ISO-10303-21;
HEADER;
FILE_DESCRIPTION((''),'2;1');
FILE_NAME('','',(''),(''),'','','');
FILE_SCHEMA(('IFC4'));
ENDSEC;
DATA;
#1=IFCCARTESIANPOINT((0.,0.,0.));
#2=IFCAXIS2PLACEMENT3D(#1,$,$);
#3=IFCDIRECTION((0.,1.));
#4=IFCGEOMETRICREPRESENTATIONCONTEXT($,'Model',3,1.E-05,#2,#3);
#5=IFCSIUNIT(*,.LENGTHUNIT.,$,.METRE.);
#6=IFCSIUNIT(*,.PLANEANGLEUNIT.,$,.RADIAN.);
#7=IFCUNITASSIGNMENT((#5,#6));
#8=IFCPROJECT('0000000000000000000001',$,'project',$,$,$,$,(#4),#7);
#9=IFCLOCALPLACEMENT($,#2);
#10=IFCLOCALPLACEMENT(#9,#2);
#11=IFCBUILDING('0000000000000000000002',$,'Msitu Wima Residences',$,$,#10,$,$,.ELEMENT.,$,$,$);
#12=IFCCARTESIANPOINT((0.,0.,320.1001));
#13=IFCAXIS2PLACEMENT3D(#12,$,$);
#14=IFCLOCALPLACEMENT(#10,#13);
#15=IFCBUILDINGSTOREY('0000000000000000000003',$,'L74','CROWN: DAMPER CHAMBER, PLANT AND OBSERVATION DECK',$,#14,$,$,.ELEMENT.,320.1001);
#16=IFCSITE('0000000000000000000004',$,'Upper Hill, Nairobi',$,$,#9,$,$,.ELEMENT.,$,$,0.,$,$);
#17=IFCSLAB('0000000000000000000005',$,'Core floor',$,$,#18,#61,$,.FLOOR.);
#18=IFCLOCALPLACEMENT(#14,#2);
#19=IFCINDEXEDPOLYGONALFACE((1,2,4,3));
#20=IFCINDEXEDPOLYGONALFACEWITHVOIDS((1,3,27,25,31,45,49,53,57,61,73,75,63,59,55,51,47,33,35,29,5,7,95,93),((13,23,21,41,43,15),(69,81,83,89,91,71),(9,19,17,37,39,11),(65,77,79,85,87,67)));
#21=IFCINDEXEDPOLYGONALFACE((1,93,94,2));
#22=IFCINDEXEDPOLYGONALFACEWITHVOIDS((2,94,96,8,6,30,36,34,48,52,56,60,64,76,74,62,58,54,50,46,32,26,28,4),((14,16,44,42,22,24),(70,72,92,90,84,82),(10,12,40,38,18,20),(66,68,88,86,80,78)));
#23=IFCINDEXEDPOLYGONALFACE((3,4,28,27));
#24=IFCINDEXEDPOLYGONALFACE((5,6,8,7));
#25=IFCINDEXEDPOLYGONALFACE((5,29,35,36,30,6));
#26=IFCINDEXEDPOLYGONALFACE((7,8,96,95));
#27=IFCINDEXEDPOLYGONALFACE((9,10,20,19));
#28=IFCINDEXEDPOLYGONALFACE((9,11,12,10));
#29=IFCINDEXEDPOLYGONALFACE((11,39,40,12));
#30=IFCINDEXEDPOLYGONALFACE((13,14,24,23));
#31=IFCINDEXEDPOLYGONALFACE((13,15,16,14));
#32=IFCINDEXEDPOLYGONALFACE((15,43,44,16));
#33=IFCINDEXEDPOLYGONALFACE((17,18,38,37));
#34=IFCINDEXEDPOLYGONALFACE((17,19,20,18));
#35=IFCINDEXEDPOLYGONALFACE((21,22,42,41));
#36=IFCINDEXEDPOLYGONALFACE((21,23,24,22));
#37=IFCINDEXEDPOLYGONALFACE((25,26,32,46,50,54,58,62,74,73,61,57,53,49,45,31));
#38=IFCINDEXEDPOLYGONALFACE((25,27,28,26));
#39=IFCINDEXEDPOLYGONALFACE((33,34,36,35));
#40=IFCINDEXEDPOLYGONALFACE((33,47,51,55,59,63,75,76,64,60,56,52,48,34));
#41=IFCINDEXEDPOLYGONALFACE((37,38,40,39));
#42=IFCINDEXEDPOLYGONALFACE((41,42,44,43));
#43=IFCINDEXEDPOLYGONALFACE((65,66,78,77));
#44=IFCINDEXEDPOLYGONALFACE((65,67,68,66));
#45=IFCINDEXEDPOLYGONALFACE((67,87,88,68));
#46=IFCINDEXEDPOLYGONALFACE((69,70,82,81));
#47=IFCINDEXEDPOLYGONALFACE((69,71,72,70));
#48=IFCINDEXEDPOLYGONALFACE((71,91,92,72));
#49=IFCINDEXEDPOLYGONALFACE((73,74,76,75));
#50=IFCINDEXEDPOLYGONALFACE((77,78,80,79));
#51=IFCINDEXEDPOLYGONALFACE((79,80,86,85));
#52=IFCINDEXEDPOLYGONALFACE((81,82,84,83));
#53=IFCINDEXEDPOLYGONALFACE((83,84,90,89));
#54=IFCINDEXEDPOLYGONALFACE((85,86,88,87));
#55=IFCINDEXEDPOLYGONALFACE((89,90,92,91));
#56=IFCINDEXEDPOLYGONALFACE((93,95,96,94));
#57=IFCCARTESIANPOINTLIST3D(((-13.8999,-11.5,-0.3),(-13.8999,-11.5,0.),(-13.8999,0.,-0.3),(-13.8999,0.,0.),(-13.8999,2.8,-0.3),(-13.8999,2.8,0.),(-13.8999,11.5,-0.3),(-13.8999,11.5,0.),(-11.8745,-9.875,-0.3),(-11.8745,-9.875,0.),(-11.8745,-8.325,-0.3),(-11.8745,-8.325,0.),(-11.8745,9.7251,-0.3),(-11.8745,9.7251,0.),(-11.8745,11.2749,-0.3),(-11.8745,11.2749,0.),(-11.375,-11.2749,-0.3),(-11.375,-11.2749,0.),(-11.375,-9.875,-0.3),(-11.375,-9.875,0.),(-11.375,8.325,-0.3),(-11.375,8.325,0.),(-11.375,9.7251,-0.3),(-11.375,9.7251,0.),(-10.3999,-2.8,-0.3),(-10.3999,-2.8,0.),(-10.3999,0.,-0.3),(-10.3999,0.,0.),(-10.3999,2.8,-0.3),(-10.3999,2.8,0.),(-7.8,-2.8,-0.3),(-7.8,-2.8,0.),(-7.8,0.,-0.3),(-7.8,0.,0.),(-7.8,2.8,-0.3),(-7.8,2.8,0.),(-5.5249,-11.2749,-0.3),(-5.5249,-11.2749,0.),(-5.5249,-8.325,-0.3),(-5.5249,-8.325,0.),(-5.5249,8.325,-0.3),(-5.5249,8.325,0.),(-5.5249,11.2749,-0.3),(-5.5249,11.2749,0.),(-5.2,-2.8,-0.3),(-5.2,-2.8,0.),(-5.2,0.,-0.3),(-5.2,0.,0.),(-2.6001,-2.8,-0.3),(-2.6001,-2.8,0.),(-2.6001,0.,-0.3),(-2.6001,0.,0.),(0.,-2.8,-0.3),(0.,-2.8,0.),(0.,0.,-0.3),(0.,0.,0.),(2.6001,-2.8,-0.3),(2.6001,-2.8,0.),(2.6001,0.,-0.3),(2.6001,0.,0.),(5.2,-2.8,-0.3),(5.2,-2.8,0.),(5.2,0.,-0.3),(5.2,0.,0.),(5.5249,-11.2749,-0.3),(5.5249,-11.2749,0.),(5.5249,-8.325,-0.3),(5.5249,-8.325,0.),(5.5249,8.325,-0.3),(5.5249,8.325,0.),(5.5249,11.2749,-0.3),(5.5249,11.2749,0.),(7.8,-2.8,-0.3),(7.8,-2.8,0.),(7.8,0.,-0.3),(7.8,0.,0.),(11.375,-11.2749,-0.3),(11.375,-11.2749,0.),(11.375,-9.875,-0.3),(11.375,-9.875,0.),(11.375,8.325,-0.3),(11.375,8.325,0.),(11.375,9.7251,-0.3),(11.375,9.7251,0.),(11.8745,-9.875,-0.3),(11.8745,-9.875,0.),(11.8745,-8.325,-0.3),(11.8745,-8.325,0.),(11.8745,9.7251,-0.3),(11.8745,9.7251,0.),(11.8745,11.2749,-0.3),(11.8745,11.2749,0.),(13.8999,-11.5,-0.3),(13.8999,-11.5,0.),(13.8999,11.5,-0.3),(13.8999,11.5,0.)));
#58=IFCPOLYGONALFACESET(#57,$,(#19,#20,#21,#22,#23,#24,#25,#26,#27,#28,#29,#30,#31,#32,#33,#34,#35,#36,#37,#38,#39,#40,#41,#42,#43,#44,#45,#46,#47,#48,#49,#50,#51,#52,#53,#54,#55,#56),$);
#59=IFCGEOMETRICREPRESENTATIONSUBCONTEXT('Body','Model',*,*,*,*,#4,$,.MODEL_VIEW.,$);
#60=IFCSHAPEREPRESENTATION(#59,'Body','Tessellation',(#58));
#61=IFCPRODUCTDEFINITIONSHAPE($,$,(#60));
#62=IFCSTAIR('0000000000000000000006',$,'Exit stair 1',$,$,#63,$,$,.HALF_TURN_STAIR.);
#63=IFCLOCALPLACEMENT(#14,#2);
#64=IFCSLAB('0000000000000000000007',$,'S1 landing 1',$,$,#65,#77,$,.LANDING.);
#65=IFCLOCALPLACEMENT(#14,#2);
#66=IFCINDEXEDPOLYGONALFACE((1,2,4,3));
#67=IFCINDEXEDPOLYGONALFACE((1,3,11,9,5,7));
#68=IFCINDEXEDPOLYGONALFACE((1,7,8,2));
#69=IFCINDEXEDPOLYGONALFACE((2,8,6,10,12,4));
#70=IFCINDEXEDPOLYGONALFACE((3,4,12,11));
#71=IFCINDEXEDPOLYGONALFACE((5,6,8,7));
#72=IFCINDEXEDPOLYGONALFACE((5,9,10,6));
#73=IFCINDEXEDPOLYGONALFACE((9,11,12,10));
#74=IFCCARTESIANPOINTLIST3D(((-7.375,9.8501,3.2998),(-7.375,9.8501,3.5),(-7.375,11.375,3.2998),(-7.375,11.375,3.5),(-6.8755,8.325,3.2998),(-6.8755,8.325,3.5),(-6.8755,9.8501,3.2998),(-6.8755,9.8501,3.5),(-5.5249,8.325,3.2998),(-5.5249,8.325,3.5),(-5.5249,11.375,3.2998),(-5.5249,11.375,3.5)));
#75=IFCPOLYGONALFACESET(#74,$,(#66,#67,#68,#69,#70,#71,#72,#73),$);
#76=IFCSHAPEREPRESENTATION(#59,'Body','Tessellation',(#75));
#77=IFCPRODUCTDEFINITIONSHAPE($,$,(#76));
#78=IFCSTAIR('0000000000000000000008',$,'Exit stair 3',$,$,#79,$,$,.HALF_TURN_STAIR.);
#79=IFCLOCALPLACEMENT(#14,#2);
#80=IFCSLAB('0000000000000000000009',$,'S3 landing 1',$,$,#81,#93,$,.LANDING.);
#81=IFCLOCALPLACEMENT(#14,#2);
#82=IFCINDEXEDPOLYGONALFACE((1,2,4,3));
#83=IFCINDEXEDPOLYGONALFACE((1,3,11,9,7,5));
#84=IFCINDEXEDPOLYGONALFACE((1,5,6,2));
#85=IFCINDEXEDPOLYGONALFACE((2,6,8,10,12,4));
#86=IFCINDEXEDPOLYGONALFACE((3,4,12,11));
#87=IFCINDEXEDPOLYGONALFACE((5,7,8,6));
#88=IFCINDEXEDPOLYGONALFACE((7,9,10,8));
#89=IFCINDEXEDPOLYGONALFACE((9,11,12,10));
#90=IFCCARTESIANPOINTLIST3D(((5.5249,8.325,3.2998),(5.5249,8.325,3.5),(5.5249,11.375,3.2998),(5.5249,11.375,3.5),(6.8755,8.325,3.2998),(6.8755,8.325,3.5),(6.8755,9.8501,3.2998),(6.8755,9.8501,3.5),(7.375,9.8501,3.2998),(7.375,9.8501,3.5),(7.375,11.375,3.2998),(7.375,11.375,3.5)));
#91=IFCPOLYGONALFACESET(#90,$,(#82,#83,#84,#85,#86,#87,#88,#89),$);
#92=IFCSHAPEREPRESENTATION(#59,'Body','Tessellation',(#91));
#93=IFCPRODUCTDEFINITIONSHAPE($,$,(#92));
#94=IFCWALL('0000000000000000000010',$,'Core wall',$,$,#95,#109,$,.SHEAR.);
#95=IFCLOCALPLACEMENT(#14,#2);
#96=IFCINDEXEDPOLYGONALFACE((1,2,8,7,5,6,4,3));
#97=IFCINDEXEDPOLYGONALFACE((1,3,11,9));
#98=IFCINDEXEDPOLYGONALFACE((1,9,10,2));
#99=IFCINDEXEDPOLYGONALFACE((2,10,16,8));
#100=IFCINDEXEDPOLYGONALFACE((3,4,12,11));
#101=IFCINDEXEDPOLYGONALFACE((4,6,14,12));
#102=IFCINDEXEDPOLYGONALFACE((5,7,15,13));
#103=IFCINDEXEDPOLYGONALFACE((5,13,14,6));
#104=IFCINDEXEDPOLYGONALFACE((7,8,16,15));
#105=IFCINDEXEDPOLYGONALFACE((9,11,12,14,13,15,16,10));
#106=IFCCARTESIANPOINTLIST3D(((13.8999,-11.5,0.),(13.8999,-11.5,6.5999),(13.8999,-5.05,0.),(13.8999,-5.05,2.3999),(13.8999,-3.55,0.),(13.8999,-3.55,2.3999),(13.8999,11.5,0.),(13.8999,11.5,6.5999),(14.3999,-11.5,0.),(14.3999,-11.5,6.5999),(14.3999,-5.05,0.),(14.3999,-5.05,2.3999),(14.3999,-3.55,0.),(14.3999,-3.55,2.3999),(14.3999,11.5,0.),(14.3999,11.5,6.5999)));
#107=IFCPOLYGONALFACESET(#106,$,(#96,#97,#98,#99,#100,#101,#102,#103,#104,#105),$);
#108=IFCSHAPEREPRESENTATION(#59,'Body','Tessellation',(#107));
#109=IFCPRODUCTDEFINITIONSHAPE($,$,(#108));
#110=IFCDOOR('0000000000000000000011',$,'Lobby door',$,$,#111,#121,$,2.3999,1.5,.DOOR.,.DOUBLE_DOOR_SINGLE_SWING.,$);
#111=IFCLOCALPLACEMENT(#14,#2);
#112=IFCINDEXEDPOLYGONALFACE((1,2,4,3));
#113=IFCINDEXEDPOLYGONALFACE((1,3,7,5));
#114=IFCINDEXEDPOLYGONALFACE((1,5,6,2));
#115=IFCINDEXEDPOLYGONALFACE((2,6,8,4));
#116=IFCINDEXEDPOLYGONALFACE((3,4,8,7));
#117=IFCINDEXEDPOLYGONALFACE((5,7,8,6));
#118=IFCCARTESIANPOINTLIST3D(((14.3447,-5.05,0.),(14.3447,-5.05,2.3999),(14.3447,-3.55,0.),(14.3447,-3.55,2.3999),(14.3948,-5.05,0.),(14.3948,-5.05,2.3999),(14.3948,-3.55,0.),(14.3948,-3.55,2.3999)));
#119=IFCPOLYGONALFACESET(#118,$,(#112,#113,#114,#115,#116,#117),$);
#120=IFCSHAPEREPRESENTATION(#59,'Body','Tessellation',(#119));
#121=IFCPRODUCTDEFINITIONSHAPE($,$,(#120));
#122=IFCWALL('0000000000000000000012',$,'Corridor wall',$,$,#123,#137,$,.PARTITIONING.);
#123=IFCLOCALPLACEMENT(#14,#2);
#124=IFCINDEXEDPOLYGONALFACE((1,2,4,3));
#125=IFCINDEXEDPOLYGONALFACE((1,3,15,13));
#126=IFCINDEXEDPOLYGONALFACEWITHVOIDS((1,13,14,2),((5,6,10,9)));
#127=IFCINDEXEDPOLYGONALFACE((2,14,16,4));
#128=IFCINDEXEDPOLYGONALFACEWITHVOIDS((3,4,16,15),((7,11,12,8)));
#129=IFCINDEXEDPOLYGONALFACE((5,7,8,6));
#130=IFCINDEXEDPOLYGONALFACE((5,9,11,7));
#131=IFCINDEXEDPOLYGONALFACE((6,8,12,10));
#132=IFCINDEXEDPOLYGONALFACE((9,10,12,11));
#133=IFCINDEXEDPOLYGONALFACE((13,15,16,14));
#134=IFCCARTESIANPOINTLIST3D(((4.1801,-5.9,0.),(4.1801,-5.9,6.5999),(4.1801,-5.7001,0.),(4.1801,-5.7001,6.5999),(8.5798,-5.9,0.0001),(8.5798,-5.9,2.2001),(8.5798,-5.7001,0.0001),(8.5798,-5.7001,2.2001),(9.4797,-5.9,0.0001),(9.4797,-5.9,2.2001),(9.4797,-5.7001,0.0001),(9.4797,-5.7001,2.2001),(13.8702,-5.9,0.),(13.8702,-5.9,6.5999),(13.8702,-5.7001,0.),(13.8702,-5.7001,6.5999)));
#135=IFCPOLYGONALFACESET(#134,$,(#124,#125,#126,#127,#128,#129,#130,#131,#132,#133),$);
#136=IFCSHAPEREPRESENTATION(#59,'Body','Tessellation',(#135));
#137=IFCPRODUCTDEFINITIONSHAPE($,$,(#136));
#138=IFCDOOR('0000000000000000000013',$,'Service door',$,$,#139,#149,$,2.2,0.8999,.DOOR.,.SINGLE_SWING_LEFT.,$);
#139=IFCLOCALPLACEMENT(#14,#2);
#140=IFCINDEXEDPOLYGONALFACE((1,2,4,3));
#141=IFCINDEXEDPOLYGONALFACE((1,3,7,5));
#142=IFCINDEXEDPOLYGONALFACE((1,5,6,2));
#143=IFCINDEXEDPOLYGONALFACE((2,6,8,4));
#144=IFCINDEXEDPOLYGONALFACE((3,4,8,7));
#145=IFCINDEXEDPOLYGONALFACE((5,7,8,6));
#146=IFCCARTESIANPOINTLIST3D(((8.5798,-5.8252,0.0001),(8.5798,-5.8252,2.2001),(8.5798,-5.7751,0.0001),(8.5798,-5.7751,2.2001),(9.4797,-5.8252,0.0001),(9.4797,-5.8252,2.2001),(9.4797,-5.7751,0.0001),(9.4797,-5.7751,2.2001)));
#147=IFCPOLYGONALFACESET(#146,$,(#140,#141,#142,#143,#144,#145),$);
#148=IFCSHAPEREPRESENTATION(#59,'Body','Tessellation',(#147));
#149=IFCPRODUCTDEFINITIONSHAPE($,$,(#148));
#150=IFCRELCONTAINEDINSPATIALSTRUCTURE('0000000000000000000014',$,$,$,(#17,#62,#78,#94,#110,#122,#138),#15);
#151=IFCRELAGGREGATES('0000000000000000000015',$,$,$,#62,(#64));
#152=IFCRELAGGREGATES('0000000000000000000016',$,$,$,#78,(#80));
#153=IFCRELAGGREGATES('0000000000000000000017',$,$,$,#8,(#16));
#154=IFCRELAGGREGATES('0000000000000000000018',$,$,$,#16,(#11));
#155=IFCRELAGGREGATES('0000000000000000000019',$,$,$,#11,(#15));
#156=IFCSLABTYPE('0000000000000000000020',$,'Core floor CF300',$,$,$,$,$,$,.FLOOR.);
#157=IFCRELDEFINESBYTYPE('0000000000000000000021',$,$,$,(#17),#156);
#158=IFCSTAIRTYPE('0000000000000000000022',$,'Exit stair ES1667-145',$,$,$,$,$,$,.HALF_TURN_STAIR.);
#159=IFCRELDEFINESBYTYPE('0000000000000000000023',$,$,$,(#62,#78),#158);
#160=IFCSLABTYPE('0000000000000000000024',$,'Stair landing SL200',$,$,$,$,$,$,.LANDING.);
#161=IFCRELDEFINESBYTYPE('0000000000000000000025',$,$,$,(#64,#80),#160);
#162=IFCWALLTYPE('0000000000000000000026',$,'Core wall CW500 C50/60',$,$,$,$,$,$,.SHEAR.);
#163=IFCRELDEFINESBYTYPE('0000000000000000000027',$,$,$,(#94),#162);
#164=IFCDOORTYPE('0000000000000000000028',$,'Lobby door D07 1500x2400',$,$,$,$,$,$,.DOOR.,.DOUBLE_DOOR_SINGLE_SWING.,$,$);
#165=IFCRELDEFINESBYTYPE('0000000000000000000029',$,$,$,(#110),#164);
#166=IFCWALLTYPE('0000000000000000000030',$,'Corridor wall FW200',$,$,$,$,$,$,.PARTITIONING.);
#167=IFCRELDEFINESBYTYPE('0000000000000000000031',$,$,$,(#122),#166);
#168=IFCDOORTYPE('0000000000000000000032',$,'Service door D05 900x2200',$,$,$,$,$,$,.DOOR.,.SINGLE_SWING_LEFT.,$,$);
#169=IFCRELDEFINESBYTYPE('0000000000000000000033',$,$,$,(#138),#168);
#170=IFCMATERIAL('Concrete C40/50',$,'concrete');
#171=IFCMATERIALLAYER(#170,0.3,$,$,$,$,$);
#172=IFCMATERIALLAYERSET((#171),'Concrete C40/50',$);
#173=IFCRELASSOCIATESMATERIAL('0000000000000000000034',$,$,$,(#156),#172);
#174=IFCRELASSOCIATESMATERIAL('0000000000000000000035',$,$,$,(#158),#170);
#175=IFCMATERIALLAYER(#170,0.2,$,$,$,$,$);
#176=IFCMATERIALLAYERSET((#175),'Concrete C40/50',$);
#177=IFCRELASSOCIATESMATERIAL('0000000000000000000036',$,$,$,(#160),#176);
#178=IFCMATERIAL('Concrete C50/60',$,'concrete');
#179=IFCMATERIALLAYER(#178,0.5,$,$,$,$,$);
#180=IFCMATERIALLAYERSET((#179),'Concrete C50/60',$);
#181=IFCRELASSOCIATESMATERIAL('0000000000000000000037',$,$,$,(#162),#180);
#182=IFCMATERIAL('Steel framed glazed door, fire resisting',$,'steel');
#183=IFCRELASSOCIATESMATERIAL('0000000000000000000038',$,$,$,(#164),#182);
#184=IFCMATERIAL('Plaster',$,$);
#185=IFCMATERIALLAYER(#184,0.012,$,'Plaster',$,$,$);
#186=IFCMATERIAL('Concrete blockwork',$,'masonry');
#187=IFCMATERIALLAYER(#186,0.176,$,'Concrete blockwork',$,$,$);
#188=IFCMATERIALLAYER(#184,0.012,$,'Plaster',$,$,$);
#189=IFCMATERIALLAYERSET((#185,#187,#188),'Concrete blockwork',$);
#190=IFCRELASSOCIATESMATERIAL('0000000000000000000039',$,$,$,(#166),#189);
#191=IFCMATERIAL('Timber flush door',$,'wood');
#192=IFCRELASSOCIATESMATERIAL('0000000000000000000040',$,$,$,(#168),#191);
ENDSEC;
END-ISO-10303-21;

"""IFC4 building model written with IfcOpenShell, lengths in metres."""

from ifc_helpers import new_model, si_unit, direction, frame, frame_2d, origin, place, context, subcontext, project, spatial, polyline, rectangle, outline, extrude, material, layer, layer_set, type_object, element, fill, aggregate, save


model = new_model("IFC4")

# Units and contexts
model_context = context("Model", 3, precision=1e-05, world=origin(), true_north=direction((0.0, 1.0)))
body_context = subcontext(model_context, "Body", "Model", "MODEL_VIEW")
ifc_project = project(units=[si_unit("LENGTHUNIT", "METRE"), si_unit("PLANEANGLEUNIT", "RADIAN")], contexts=[model_context])

# Site, building, storey
site_placement = place(None, origin())
site = spatial("IfcSite", under=ifc_project, at=site_placement, Name="Upper Hill, Nairobi", CompositionType="ELEMENT", RefElevation=0.0)
building_placement = place(site_placement, origin())
building = spatial("IfcBuilding", under=site, at=building_placement, Name="Msitu Wima Residences", CompositionType="ELEMENT")
storey_placement = place(building_placement, frame((0.0, 0.0, 320.1001)))
storey = spatial("IfcBuildingStorey", under=building, at=storey_placement, Name="L74", Description="CROWN: DAMPER CHAMBER, PLANT AND OBSERVATION DECK", CompositionType="ELEMENT", Elevation=320.1001)

# Slab
ifc_material_1 = material(Name="Concrete C40/50", Category="concrete")
ifc_layer_1 = layer(ifc_material_1, 0.3)
ifc_layer_set_1 = layer_set([ifc_layer_1], Name="Concrete C40/50")
slab_type_1 = type_object("IfcSlabType", Name="Core floor CF300", PredefinedType="FLOOR", material=ifc_layer_set_1)
slab_1_placement = place(storey_placement, frame((0.0, 0.0, -0.3)))
element("IfcSlab", 1, at=slab_1_placement, inside=storey, type_object=slab_type_1, Name="Core floor", PredefinedType="FLOOR", context=body_context, shape_type="SweptSolid", body=[
    extrude(outline(polyline([(-13.8999, 11.5), (-13.8999, 2.8), (-10.3999, 2.8), (-7.8, 2.8), (-7.8, 0.0), (-5.2, 0.0), (-2.6001, 0.0), (0.0, 0.0), (2.6001, 0.0), (5.2, 0.0), (7.8, 0.0), (7.8, -2.8), (5.2, -2.8), (2.6001, -2.8), (0.0, -2.8), (-2.6001, -2.8), (-5.2, -2.8), (-7.8, -2.8), (-10.3999, -2.8), (-10.3999, 0.0), (-13.8999, 0.0), (-13.8999, -11.5), (13.8999, -11.5), (13.8999, 11.5), (-13.8999, 11.5)]), holes=[polyline([(-11.375, -11.2749), (-11.375, -9.875), (-11.8745, -9.875), (-11.8745, -8.325), (-5.5249, -8.325), (-5.5249, -11.2749), (-11.375, -11.2749)]), polyline([(-11.375, 8.325), (-11.375, 9.7251), (-11.8745, 9.7251), (-11.8745, 11.2749), (-5.5249, 11.2749), (-5.5249, 8.325), (-11.375, 8.325)]), polyline([(11.375, -9.875), (11.375, -11.2749), (5.5249, -11.2749), (5.5249, -8.325), (11.8745, -8.325), (11.8745, -9.875), (11.375, -9.875)]), polyline([(11.375, 9.7251), (11.375, 8.325), (5.5249, 8.325), (5.5249, 11.2749), (11.8745, 11.2749), (11.8745, 9.7251), (11.375, 9.7251)])]), origin(), (0.0, 0.0, 1.0), 0.3),
])

# Stairs, slabs
stair_type = type_object("IfcStairType", Name="Exit stair ES1667-145", PredefinedType="HALF_TURN_STAIR", material=ifc_material_1)
stair_1_placement = place(storey_placement, origin())
stair_1 = element("IfcStair", 2, at=stair_1_placement, inside=storey, type_object=stair_type, Name="Exit stair 1", PredefinedType="HALF_TURN_STAIR")
ifc_layer_2 = layer(ifc_material_1, 0.2)
ifc_layer_set_2 = layer_set([ifc_layer_2], Name="Concrete C40/50")
slab_type_2 = type_object("IfcSlabType", Name="Stair landing SL200", PredefinedType="LANDING", material=ifc_layer_set_2)
slab_2_placement = place(storey_placement, frame((0.0, 0.0, 3.2998)))
slab_2 = element("IfcSlab", 3, at=slab_2_placement, type_object=slab_type_2, Name="S1 landing 1", PredefinedType="LANDING", context=body_context, shape_type="SweptSolid", body=[
    extrude(outline(polyline([(-5.5249, 8.325), (-6.8755, 8.325), (-6.8755, 9.8501), (-7.375, 9.8501), (-7.375, 11.375), (-5.5249, 11.375), (-5.5249, 8.325)])), origin(), (0.0, 0.0, 1.0), 0.2002),
])
aggregate(stair_1, [slab_2])
stair_2_placement = place(storey_placement, origin())
stair_2 = element("IfcStair", 4, at=stair_2_placement, inside=storey, type_object=stair_type, Name="Exit stair 3", PredefinedType="HALF_TURN_STAIR")
slab_3_placement = place(storey_placement, frame((0.0, 0.0, 3.2998)))
slab_3 = element("IfcSlab", 5, at=slab_3_placement, type_object=slab_type_2, Name="S3 landing 1", PredefinedType="LANDING", context=body_context, shape_type="SweptSolid", body=[
    extrude(outline(polyline([(5.5249, 8.325), (6.8755, 8.325), (6.8755, 9.8501), (7.375, 9.8501), (7.375, 11.375), (5.5249, 11.375), (5.5249, 8.325)])), origin(), (0.0, 0.0, 1.0), 0.2002),
])
aggregate(stair_2, [slab_3])

# Walls, openings, doors
ifc_material_2 = material(Name="Concrete C50/60", Category="concrete")
ifc_layer_3 = layer(ifc_material_2, 0.5)
ifc_layer_set_3 = layer_set([ifc_layer_3], Name="Concrete C50/60")
wall_type_1 = type_object("IfcWallType", Name="Core wall CW500 C50/60", PredefinedType="SHEAR", material=ifc_layer_set_3)
wall_1_placement = place(storey_placement, frame((14.1499, -11.5, 0.0), z_axis=(0.0, 0.0, 1.0), x_axis=(0.0, 1.0, 0.0)))
wall_1 = element("IfcWall", 6, at=wall_1_placement, inside=storey, type_object=wall_type_1, Name="Core wall", PredefinedType="SHEAR", context=body_context, shape_type="SweptSolid", body=[
    extrude(rectangle(XDim=23.0, YDim=0.5, at=frame_2d((11.5, 0.0))), origin(), (0.0, 0.0, 1.0), 6.5999),
])
opening_1_placement = place(wall_1_placement, frame((6.45, 0.0, 0.0)))
opening_1 = element("IfcOpeningElement", 7, at=opening_1_placement, cuts=wall_1, PredefinedType="OPENING", context=body_context, shape_type="SweptSolid", body=[
    extrude(rectangle(XDim=1.5, YDim=2.3999, at=frame_2d((0.75, 1.2))), frame((0.0, 0.26, 0.0), z_axis=(0.0, -1.0, 0.0), x_axis=(1.0, 0.0, 0.0)), (0.0, 0.0, 1.0), 0.52),
])
ifc_material_3 = material(Name="Steel framed glazed door, fire resisting", Category="steel")
door_type_1 = type_object("IfcDoorType", Name="Lobby door D07 1500x2400", OperationType="DOUBLE_DOOR_SINGLE_SWING", PredefinedType="DOOR", material=ifc_material_3)
door_1_placement = place(opening_1_placement, origin())
door_1 = element("IfcDoor", 8, at=door_1_placement, inside=storey, type_object=door_type_1, Name="Lobby door", OperationType="DOUBLE_DOOR_SINGLE_SWING", OverallHeight=2.3999, OverallWidth=1.5, PredefinedType="DOOR", context=body_context, shape_type="SweptSolid", body=[
    extrude(rectangle(XDim=1.5, YDim=2.3999, at=frame_2d((0.75, 1.2))), frame((0.0, -0.1948, 0.0), z_axis=(0.0, -1.0, 0.0), x_axis=(1.0, 0.0, 0.0)), (0.0, 0.0, 1.0), 0.05),
])
fill(opening_1, door_1)
ifc_material_4 = material(Name="Plaster")
ifc_layer_4 = layer(ifc_material_4, 0.012, Name="Plaster")
ifc_material_5 = material(Name="Concrete blockwork", Category="masonry")
ifc_layer_5 = layer(ifc_material_5, 0.176, Name="Concrete blockwork")
ifc_layer_6 = layer(ifc_material_4, 0.012, Name="Plaster")
ifc_layer_set_4 = layer_set([ifc_layer_4, ifc_layer_5, ifc_layer_6], Name="Concrete blockwork")
wall_type_2 = type_object("IfcWallType", Name="Corridor wall FW200", PredefinedType="PARTITIONING", material=ifc_layer_set_4)
wall_2_placement = place(storey_placement, frame((4.1799, -5.8, 0.0), z_axis=(0.0, 0.0, 1.0), x_axis=(1.0, 0.0, 0.0)))
wall_2 = element("IfcWall", 9, at=wall_2_placement, inside=storey, type_object=wall_type_2, Name="Corridor wall", PredefinedType="PARTITIONING", context=body_context, shape_type="SweptSolid", body=[
    extrude(rectangle(XDim=9.6902, YDim=0.2, at=frame_2d((4.8452, 0.0))), origin(), (0.0, 0.0, 1.0), 6.5999),
])
opening_2_placement = place(wall_2_placement, frame((4.3999, 0.0, 0.0)))
opening_2 = element("IfcOpeningElement", 10, at=opening_2_placement, cuts=wall_2, PredefinedType="OPENING", context=body_context, shape_type="SweptSolid", body=[
    extrude(rectangle(XDim=0.8999, YDim=2.2, at=frame_2d((0.45, 1.1001))), frame((0.0, 0.1099, 0.0), z_axis=(0.0, -1.0, 0.0), x_axis=(1.0, 0.0, 0.0)), (0.0, 0.0, 1.0), 0.22),
])
ifc_material_6 = material(Name="Timber flush door", Category="wood")
door_type_2 = type_object("IfcDoorType", Name="Service door D05 900x2200", OperationType="SINGLE_SWING_LEFT", PredefinedType="DOOR", material=ifc_material_6)
door_2_placement = place(opening_2_placement, origin())
door_2 = element("IfcDoor", 11, at=door_2_placement, inside=storey, type_object=door_type_2, Name="Service door", OperationType="SINGLE_SWING_LEFT", OverallHeight=2.2, OverallWidth=0.8999, PredefinedType="DOOR", context=body_context, shape_type="SweptSolid", body=[
    extrude(rectangle(XDim=0.8999, YDim=2.2, at=frame_2d((0.45, 1.1001))), frame((0.0, 0.0249, 0.0), z_axis=(0.0, -1.0, 0.0), x_axis=(1.0, 0.0, 0.0)), (0.0, 0.0, 1.0), 0.05),
])
fill(opening_2, door_2)

save(model, "model.ifc")
